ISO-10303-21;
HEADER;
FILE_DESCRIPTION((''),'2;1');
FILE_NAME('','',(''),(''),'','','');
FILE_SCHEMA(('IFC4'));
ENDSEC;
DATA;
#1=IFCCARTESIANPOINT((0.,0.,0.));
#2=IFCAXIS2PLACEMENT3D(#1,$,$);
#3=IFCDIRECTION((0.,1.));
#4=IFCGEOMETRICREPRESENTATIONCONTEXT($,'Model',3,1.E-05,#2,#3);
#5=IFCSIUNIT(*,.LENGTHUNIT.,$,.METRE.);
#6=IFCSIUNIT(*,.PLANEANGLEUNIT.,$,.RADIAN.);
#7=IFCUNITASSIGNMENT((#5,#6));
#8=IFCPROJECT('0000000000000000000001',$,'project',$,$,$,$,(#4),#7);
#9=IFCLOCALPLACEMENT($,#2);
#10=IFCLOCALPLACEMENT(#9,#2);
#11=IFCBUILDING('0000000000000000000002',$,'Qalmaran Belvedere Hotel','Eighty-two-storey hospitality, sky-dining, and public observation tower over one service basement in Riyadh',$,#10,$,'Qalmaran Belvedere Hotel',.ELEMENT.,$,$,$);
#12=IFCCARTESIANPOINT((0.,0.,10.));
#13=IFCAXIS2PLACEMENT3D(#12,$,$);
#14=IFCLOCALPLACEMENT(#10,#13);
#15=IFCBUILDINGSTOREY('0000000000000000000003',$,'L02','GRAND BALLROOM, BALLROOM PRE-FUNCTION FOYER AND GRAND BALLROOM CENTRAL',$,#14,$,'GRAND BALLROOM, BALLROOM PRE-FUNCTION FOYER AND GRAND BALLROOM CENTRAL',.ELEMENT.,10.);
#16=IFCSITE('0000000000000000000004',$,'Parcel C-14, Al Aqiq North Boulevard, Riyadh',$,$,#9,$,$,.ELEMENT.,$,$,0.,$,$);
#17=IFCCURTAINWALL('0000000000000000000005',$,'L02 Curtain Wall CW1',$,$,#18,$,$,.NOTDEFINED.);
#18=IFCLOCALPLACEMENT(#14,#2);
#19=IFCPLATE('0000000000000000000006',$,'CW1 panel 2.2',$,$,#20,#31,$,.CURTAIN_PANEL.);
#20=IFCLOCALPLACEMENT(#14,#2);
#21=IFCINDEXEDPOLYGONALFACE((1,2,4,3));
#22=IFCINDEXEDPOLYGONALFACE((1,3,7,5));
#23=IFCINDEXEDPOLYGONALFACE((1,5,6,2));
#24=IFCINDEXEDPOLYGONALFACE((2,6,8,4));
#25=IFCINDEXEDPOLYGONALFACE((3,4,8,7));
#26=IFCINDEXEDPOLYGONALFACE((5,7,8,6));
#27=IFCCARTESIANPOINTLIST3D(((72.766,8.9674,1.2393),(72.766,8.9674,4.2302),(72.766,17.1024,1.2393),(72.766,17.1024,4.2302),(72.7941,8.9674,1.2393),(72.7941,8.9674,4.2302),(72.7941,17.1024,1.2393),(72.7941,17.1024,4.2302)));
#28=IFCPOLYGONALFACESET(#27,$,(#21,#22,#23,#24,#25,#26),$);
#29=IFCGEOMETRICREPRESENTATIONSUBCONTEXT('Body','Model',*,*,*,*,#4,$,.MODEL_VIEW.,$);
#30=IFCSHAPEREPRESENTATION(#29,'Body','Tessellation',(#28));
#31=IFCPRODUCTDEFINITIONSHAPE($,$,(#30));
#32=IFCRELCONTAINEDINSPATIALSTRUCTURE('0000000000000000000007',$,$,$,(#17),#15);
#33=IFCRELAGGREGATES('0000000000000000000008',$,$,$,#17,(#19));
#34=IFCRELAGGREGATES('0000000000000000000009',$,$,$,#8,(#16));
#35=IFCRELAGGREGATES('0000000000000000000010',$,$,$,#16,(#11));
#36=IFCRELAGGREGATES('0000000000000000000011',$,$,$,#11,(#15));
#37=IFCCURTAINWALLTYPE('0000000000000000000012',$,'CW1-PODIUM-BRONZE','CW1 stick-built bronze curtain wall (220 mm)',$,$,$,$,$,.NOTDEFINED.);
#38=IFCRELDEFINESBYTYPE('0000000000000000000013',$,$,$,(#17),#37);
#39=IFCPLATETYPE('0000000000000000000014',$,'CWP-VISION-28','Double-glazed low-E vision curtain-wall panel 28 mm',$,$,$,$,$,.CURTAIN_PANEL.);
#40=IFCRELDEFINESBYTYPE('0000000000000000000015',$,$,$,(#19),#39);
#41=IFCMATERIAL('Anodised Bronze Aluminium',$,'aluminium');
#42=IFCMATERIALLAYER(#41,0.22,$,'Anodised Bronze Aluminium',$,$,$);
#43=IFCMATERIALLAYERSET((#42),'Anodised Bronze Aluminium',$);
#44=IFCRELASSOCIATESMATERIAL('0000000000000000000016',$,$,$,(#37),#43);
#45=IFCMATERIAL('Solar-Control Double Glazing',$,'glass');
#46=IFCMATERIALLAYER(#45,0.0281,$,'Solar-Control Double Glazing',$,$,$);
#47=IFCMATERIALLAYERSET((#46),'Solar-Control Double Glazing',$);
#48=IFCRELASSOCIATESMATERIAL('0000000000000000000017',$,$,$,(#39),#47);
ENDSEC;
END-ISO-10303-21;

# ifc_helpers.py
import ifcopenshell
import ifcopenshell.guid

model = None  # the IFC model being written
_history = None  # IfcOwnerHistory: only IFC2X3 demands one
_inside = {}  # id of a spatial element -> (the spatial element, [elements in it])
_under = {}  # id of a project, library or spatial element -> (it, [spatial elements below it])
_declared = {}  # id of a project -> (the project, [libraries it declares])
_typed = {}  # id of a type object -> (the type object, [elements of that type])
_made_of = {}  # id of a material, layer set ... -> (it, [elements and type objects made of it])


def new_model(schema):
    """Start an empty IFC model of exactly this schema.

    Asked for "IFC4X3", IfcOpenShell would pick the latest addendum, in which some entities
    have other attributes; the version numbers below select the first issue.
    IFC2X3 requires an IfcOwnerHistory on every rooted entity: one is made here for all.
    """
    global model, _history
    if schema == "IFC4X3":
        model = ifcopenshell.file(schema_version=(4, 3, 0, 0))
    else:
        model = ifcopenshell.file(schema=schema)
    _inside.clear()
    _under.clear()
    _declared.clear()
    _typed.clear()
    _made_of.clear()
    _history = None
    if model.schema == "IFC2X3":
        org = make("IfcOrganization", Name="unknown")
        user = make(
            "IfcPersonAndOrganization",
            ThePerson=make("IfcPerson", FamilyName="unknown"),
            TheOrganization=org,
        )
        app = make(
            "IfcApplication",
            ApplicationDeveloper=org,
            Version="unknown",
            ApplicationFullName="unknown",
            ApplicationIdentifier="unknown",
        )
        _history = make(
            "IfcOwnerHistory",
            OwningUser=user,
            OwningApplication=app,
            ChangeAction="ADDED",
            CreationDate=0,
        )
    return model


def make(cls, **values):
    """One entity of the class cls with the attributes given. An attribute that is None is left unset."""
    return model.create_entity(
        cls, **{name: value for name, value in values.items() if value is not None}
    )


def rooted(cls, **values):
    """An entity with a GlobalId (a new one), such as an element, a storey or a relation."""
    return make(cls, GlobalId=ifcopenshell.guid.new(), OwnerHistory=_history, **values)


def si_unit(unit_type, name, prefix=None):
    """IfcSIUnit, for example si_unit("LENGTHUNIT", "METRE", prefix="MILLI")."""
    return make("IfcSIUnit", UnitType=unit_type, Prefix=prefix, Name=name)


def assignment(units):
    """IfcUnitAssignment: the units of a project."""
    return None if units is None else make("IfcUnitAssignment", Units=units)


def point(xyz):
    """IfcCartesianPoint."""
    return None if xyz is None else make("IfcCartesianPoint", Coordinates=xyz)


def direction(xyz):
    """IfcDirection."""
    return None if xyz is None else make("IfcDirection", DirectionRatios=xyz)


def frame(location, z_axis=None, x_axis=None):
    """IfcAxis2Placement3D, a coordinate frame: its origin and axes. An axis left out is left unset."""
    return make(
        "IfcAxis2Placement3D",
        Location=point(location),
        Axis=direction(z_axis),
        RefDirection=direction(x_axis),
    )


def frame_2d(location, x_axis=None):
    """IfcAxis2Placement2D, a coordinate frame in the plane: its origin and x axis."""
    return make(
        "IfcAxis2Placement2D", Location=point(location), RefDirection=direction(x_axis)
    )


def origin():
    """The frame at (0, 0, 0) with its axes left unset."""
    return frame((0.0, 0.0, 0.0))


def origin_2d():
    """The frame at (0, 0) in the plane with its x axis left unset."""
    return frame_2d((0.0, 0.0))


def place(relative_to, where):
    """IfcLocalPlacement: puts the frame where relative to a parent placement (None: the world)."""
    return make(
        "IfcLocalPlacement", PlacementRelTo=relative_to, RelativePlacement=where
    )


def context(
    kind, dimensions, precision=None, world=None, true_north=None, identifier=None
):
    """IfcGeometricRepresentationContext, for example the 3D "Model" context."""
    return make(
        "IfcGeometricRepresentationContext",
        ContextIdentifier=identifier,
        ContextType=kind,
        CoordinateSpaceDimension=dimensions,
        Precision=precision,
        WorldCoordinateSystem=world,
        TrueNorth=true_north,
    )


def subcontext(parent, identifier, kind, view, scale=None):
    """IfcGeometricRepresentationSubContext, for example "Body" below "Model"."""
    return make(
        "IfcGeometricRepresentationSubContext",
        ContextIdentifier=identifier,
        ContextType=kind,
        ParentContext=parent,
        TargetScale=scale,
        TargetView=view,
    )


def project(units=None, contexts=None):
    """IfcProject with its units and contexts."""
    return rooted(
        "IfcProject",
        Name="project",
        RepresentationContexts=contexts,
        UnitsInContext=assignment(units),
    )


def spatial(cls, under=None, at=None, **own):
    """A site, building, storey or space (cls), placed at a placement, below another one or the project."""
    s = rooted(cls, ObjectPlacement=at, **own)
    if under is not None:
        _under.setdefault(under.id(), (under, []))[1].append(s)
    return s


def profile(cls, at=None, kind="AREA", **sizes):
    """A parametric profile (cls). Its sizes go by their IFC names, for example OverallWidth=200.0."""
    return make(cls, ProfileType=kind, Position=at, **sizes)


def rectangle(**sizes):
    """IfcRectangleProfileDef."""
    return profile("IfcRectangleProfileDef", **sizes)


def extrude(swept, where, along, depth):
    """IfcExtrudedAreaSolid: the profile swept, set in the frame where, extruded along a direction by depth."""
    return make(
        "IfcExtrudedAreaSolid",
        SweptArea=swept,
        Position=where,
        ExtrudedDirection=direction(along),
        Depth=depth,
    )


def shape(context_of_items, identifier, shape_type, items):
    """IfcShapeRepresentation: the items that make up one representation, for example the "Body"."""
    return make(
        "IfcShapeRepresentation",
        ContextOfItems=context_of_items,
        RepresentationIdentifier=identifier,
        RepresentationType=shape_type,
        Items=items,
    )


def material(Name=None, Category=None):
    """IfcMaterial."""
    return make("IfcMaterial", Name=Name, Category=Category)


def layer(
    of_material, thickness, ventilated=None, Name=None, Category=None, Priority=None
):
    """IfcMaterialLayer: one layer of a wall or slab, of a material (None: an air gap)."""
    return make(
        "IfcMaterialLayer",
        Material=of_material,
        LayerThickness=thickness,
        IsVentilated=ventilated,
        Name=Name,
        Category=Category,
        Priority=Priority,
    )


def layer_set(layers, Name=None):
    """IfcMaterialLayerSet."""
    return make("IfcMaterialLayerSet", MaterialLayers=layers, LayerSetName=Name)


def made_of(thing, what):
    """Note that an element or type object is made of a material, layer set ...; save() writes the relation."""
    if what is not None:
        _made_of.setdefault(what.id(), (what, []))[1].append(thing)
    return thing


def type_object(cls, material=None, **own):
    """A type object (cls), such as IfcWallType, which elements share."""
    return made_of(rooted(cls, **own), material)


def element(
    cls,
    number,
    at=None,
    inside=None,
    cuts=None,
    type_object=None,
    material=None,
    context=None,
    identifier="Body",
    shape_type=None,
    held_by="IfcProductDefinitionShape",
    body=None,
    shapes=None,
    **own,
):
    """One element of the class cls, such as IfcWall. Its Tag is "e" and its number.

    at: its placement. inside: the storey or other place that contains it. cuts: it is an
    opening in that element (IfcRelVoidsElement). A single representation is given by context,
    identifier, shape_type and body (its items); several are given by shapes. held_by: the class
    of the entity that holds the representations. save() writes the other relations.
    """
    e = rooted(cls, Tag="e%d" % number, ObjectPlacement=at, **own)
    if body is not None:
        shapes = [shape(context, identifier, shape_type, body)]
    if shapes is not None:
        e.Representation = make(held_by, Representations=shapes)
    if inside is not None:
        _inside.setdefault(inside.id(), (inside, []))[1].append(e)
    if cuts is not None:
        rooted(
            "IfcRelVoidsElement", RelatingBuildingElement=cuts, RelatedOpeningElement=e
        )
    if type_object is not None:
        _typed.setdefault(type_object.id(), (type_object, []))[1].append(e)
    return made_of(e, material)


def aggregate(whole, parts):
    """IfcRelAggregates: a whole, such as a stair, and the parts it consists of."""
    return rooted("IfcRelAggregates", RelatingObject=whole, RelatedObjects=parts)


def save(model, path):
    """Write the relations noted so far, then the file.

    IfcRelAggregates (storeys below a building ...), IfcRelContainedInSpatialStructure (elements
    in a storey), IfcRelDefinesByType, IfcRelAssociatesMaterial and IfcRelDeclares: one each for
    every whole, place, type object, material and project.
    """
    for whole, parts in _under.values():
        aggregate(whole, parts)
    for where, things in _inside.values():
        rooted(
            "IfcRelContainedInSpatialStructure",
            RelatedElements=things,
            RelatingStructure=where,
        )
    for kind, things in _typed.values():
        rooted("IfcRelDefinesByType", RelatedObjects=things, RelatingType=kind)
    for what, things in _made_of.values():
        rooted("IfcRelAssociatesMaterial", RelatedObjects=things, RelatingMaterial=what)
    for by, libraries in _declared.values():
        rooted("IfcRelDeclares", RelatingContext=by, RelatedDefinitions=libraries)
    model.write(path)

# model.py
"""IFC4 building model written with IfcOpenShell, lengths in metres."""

from ifc_helpers import new_model, si_unit, direction, frame, origin, origin_2d, place, context, subcontext, project, spatial, rectangle, extrude, material, layer, layer_set, type_object, element, aggregate, save


model = new_model("IFC4")

# Units and contexts
model_context = context("Model", 3, precision=1e-05, world=origin(), true_north=direction((0.0, 1.0)))
body_context = subcontext(model_context, "Body", "Model", "MODEL_VIEW")
ifc_project = project(units=[si_unit("LENGTHUNIT", "METRE"), si_unit("PLANEANGLEUNIT", "RADIAN")], contexts=[model_context])

# Site, building, storey
site_placement = place(None, origin())
site = spatial("IfcSite", under=ifc_project, at=site_placement, Name="Parcel C-14, Al Aqiq North Boulevard, Riyadh", CompositionType="ELEMENT", RefElevation=0.0)
building_placement = place(site_placement, origin())
building = spatial("IfcBuilding", under=site, at=building_placement, Name="Qalmaran Belvedere Hotel", Description="Eighty-two-storey hospitality, sky-dining, and public observation tower over one service basement in Riyadh", LongName="Qalmaran Belvedere Hotel", CompositionType="ELEMENT")
storey_placement = place(building_placement, frame((0.0, 0.0, 10.0)))
storey = spatial("IfcBuildingStorey", under=building, at=storey_placement, Name="L02", Description="GRAND BALLROOM, BALLROOM PRE-FUNCTION FOYER AND GRAND BALLROOM CENTRAL", LongName="GRAND BALLROOM, BALLROOM PRE-FUNCTION FOYER AND GRAND BALLROOM CENTRAL", CompositionType="ELEMENT", Elevation=10.0)

# Curtain wall
ifc_material_1 = material(Name="Anodised Bronze Aluminium", Category="aluminium")
ifc_layer_1 = layer(ifc_material_1, 0.22, Name="Anodised Bronze Aluminium")
ifc_layer_set_1 = layer_set([ifc_layer_1], Name="Anodised Bronze Aluminium")
curtain_wall_type = type_object("IfcCurtainWallType", Name="CW1-PODIUM-BRONZE", Description="CW1 stick-built bronze curtain wall (220 mm)", PredefinedType="NOTDEFINED", material=ifc_layer_set_1)
curtain_wall_1_placement = place(storey_placement, origin())
curtain_wall_1 = element("IfcCurtainWall", 1, at=curtain_wall_1_placement, inside=storey, type_object=curtain_wall_type, Name="L02 Curtain Wall CW1", PredefinedType="NOTDEFINED")

# Plate
ifc_material_2 = material(Name="Solar-Control Double Glazing", Category="glass")
ifc_layer_2 = layer(ifc_material_2, 0.0281, Name="Solar-Control Double Glazing")
ifc_layer_set_2 = layer_set([ifc_layer_2], Name="Solar-Control Double Glazing")
plate_type_1 = type_object("IfcPlateType", Name="CWP-VISION-28", Description="Double-glazed low-E vision curtain-wall panel 28 mm", PredefinedType="CURTAIN_PANEL", material=ifc_layer_set_2)
plate_1_placement = place(storey_placement, frame((72.78, 13.0349, 1.2393), z_axis=(0.0, 0.0, 1.0), x_axis=(0.0, 1.0, 0.0)))
plate_1 = element("IfcPlate", 2, at=plate_1_placement, type_object=plate_type_1, Name="CW1 panel 2.2", PredefinedType="CURTAIN_PANEL", context=body_context, shape_type="SweptSolid", body=[
    extrude(rectangle(XDim=8.135, YDim=0.0281, at=origin_2d()), origin(), (0.0, 0.0, 1.0), 2.991),
])
aggregate(curtain_wall_1, [plate_1])

save(model, "model.ifc")
